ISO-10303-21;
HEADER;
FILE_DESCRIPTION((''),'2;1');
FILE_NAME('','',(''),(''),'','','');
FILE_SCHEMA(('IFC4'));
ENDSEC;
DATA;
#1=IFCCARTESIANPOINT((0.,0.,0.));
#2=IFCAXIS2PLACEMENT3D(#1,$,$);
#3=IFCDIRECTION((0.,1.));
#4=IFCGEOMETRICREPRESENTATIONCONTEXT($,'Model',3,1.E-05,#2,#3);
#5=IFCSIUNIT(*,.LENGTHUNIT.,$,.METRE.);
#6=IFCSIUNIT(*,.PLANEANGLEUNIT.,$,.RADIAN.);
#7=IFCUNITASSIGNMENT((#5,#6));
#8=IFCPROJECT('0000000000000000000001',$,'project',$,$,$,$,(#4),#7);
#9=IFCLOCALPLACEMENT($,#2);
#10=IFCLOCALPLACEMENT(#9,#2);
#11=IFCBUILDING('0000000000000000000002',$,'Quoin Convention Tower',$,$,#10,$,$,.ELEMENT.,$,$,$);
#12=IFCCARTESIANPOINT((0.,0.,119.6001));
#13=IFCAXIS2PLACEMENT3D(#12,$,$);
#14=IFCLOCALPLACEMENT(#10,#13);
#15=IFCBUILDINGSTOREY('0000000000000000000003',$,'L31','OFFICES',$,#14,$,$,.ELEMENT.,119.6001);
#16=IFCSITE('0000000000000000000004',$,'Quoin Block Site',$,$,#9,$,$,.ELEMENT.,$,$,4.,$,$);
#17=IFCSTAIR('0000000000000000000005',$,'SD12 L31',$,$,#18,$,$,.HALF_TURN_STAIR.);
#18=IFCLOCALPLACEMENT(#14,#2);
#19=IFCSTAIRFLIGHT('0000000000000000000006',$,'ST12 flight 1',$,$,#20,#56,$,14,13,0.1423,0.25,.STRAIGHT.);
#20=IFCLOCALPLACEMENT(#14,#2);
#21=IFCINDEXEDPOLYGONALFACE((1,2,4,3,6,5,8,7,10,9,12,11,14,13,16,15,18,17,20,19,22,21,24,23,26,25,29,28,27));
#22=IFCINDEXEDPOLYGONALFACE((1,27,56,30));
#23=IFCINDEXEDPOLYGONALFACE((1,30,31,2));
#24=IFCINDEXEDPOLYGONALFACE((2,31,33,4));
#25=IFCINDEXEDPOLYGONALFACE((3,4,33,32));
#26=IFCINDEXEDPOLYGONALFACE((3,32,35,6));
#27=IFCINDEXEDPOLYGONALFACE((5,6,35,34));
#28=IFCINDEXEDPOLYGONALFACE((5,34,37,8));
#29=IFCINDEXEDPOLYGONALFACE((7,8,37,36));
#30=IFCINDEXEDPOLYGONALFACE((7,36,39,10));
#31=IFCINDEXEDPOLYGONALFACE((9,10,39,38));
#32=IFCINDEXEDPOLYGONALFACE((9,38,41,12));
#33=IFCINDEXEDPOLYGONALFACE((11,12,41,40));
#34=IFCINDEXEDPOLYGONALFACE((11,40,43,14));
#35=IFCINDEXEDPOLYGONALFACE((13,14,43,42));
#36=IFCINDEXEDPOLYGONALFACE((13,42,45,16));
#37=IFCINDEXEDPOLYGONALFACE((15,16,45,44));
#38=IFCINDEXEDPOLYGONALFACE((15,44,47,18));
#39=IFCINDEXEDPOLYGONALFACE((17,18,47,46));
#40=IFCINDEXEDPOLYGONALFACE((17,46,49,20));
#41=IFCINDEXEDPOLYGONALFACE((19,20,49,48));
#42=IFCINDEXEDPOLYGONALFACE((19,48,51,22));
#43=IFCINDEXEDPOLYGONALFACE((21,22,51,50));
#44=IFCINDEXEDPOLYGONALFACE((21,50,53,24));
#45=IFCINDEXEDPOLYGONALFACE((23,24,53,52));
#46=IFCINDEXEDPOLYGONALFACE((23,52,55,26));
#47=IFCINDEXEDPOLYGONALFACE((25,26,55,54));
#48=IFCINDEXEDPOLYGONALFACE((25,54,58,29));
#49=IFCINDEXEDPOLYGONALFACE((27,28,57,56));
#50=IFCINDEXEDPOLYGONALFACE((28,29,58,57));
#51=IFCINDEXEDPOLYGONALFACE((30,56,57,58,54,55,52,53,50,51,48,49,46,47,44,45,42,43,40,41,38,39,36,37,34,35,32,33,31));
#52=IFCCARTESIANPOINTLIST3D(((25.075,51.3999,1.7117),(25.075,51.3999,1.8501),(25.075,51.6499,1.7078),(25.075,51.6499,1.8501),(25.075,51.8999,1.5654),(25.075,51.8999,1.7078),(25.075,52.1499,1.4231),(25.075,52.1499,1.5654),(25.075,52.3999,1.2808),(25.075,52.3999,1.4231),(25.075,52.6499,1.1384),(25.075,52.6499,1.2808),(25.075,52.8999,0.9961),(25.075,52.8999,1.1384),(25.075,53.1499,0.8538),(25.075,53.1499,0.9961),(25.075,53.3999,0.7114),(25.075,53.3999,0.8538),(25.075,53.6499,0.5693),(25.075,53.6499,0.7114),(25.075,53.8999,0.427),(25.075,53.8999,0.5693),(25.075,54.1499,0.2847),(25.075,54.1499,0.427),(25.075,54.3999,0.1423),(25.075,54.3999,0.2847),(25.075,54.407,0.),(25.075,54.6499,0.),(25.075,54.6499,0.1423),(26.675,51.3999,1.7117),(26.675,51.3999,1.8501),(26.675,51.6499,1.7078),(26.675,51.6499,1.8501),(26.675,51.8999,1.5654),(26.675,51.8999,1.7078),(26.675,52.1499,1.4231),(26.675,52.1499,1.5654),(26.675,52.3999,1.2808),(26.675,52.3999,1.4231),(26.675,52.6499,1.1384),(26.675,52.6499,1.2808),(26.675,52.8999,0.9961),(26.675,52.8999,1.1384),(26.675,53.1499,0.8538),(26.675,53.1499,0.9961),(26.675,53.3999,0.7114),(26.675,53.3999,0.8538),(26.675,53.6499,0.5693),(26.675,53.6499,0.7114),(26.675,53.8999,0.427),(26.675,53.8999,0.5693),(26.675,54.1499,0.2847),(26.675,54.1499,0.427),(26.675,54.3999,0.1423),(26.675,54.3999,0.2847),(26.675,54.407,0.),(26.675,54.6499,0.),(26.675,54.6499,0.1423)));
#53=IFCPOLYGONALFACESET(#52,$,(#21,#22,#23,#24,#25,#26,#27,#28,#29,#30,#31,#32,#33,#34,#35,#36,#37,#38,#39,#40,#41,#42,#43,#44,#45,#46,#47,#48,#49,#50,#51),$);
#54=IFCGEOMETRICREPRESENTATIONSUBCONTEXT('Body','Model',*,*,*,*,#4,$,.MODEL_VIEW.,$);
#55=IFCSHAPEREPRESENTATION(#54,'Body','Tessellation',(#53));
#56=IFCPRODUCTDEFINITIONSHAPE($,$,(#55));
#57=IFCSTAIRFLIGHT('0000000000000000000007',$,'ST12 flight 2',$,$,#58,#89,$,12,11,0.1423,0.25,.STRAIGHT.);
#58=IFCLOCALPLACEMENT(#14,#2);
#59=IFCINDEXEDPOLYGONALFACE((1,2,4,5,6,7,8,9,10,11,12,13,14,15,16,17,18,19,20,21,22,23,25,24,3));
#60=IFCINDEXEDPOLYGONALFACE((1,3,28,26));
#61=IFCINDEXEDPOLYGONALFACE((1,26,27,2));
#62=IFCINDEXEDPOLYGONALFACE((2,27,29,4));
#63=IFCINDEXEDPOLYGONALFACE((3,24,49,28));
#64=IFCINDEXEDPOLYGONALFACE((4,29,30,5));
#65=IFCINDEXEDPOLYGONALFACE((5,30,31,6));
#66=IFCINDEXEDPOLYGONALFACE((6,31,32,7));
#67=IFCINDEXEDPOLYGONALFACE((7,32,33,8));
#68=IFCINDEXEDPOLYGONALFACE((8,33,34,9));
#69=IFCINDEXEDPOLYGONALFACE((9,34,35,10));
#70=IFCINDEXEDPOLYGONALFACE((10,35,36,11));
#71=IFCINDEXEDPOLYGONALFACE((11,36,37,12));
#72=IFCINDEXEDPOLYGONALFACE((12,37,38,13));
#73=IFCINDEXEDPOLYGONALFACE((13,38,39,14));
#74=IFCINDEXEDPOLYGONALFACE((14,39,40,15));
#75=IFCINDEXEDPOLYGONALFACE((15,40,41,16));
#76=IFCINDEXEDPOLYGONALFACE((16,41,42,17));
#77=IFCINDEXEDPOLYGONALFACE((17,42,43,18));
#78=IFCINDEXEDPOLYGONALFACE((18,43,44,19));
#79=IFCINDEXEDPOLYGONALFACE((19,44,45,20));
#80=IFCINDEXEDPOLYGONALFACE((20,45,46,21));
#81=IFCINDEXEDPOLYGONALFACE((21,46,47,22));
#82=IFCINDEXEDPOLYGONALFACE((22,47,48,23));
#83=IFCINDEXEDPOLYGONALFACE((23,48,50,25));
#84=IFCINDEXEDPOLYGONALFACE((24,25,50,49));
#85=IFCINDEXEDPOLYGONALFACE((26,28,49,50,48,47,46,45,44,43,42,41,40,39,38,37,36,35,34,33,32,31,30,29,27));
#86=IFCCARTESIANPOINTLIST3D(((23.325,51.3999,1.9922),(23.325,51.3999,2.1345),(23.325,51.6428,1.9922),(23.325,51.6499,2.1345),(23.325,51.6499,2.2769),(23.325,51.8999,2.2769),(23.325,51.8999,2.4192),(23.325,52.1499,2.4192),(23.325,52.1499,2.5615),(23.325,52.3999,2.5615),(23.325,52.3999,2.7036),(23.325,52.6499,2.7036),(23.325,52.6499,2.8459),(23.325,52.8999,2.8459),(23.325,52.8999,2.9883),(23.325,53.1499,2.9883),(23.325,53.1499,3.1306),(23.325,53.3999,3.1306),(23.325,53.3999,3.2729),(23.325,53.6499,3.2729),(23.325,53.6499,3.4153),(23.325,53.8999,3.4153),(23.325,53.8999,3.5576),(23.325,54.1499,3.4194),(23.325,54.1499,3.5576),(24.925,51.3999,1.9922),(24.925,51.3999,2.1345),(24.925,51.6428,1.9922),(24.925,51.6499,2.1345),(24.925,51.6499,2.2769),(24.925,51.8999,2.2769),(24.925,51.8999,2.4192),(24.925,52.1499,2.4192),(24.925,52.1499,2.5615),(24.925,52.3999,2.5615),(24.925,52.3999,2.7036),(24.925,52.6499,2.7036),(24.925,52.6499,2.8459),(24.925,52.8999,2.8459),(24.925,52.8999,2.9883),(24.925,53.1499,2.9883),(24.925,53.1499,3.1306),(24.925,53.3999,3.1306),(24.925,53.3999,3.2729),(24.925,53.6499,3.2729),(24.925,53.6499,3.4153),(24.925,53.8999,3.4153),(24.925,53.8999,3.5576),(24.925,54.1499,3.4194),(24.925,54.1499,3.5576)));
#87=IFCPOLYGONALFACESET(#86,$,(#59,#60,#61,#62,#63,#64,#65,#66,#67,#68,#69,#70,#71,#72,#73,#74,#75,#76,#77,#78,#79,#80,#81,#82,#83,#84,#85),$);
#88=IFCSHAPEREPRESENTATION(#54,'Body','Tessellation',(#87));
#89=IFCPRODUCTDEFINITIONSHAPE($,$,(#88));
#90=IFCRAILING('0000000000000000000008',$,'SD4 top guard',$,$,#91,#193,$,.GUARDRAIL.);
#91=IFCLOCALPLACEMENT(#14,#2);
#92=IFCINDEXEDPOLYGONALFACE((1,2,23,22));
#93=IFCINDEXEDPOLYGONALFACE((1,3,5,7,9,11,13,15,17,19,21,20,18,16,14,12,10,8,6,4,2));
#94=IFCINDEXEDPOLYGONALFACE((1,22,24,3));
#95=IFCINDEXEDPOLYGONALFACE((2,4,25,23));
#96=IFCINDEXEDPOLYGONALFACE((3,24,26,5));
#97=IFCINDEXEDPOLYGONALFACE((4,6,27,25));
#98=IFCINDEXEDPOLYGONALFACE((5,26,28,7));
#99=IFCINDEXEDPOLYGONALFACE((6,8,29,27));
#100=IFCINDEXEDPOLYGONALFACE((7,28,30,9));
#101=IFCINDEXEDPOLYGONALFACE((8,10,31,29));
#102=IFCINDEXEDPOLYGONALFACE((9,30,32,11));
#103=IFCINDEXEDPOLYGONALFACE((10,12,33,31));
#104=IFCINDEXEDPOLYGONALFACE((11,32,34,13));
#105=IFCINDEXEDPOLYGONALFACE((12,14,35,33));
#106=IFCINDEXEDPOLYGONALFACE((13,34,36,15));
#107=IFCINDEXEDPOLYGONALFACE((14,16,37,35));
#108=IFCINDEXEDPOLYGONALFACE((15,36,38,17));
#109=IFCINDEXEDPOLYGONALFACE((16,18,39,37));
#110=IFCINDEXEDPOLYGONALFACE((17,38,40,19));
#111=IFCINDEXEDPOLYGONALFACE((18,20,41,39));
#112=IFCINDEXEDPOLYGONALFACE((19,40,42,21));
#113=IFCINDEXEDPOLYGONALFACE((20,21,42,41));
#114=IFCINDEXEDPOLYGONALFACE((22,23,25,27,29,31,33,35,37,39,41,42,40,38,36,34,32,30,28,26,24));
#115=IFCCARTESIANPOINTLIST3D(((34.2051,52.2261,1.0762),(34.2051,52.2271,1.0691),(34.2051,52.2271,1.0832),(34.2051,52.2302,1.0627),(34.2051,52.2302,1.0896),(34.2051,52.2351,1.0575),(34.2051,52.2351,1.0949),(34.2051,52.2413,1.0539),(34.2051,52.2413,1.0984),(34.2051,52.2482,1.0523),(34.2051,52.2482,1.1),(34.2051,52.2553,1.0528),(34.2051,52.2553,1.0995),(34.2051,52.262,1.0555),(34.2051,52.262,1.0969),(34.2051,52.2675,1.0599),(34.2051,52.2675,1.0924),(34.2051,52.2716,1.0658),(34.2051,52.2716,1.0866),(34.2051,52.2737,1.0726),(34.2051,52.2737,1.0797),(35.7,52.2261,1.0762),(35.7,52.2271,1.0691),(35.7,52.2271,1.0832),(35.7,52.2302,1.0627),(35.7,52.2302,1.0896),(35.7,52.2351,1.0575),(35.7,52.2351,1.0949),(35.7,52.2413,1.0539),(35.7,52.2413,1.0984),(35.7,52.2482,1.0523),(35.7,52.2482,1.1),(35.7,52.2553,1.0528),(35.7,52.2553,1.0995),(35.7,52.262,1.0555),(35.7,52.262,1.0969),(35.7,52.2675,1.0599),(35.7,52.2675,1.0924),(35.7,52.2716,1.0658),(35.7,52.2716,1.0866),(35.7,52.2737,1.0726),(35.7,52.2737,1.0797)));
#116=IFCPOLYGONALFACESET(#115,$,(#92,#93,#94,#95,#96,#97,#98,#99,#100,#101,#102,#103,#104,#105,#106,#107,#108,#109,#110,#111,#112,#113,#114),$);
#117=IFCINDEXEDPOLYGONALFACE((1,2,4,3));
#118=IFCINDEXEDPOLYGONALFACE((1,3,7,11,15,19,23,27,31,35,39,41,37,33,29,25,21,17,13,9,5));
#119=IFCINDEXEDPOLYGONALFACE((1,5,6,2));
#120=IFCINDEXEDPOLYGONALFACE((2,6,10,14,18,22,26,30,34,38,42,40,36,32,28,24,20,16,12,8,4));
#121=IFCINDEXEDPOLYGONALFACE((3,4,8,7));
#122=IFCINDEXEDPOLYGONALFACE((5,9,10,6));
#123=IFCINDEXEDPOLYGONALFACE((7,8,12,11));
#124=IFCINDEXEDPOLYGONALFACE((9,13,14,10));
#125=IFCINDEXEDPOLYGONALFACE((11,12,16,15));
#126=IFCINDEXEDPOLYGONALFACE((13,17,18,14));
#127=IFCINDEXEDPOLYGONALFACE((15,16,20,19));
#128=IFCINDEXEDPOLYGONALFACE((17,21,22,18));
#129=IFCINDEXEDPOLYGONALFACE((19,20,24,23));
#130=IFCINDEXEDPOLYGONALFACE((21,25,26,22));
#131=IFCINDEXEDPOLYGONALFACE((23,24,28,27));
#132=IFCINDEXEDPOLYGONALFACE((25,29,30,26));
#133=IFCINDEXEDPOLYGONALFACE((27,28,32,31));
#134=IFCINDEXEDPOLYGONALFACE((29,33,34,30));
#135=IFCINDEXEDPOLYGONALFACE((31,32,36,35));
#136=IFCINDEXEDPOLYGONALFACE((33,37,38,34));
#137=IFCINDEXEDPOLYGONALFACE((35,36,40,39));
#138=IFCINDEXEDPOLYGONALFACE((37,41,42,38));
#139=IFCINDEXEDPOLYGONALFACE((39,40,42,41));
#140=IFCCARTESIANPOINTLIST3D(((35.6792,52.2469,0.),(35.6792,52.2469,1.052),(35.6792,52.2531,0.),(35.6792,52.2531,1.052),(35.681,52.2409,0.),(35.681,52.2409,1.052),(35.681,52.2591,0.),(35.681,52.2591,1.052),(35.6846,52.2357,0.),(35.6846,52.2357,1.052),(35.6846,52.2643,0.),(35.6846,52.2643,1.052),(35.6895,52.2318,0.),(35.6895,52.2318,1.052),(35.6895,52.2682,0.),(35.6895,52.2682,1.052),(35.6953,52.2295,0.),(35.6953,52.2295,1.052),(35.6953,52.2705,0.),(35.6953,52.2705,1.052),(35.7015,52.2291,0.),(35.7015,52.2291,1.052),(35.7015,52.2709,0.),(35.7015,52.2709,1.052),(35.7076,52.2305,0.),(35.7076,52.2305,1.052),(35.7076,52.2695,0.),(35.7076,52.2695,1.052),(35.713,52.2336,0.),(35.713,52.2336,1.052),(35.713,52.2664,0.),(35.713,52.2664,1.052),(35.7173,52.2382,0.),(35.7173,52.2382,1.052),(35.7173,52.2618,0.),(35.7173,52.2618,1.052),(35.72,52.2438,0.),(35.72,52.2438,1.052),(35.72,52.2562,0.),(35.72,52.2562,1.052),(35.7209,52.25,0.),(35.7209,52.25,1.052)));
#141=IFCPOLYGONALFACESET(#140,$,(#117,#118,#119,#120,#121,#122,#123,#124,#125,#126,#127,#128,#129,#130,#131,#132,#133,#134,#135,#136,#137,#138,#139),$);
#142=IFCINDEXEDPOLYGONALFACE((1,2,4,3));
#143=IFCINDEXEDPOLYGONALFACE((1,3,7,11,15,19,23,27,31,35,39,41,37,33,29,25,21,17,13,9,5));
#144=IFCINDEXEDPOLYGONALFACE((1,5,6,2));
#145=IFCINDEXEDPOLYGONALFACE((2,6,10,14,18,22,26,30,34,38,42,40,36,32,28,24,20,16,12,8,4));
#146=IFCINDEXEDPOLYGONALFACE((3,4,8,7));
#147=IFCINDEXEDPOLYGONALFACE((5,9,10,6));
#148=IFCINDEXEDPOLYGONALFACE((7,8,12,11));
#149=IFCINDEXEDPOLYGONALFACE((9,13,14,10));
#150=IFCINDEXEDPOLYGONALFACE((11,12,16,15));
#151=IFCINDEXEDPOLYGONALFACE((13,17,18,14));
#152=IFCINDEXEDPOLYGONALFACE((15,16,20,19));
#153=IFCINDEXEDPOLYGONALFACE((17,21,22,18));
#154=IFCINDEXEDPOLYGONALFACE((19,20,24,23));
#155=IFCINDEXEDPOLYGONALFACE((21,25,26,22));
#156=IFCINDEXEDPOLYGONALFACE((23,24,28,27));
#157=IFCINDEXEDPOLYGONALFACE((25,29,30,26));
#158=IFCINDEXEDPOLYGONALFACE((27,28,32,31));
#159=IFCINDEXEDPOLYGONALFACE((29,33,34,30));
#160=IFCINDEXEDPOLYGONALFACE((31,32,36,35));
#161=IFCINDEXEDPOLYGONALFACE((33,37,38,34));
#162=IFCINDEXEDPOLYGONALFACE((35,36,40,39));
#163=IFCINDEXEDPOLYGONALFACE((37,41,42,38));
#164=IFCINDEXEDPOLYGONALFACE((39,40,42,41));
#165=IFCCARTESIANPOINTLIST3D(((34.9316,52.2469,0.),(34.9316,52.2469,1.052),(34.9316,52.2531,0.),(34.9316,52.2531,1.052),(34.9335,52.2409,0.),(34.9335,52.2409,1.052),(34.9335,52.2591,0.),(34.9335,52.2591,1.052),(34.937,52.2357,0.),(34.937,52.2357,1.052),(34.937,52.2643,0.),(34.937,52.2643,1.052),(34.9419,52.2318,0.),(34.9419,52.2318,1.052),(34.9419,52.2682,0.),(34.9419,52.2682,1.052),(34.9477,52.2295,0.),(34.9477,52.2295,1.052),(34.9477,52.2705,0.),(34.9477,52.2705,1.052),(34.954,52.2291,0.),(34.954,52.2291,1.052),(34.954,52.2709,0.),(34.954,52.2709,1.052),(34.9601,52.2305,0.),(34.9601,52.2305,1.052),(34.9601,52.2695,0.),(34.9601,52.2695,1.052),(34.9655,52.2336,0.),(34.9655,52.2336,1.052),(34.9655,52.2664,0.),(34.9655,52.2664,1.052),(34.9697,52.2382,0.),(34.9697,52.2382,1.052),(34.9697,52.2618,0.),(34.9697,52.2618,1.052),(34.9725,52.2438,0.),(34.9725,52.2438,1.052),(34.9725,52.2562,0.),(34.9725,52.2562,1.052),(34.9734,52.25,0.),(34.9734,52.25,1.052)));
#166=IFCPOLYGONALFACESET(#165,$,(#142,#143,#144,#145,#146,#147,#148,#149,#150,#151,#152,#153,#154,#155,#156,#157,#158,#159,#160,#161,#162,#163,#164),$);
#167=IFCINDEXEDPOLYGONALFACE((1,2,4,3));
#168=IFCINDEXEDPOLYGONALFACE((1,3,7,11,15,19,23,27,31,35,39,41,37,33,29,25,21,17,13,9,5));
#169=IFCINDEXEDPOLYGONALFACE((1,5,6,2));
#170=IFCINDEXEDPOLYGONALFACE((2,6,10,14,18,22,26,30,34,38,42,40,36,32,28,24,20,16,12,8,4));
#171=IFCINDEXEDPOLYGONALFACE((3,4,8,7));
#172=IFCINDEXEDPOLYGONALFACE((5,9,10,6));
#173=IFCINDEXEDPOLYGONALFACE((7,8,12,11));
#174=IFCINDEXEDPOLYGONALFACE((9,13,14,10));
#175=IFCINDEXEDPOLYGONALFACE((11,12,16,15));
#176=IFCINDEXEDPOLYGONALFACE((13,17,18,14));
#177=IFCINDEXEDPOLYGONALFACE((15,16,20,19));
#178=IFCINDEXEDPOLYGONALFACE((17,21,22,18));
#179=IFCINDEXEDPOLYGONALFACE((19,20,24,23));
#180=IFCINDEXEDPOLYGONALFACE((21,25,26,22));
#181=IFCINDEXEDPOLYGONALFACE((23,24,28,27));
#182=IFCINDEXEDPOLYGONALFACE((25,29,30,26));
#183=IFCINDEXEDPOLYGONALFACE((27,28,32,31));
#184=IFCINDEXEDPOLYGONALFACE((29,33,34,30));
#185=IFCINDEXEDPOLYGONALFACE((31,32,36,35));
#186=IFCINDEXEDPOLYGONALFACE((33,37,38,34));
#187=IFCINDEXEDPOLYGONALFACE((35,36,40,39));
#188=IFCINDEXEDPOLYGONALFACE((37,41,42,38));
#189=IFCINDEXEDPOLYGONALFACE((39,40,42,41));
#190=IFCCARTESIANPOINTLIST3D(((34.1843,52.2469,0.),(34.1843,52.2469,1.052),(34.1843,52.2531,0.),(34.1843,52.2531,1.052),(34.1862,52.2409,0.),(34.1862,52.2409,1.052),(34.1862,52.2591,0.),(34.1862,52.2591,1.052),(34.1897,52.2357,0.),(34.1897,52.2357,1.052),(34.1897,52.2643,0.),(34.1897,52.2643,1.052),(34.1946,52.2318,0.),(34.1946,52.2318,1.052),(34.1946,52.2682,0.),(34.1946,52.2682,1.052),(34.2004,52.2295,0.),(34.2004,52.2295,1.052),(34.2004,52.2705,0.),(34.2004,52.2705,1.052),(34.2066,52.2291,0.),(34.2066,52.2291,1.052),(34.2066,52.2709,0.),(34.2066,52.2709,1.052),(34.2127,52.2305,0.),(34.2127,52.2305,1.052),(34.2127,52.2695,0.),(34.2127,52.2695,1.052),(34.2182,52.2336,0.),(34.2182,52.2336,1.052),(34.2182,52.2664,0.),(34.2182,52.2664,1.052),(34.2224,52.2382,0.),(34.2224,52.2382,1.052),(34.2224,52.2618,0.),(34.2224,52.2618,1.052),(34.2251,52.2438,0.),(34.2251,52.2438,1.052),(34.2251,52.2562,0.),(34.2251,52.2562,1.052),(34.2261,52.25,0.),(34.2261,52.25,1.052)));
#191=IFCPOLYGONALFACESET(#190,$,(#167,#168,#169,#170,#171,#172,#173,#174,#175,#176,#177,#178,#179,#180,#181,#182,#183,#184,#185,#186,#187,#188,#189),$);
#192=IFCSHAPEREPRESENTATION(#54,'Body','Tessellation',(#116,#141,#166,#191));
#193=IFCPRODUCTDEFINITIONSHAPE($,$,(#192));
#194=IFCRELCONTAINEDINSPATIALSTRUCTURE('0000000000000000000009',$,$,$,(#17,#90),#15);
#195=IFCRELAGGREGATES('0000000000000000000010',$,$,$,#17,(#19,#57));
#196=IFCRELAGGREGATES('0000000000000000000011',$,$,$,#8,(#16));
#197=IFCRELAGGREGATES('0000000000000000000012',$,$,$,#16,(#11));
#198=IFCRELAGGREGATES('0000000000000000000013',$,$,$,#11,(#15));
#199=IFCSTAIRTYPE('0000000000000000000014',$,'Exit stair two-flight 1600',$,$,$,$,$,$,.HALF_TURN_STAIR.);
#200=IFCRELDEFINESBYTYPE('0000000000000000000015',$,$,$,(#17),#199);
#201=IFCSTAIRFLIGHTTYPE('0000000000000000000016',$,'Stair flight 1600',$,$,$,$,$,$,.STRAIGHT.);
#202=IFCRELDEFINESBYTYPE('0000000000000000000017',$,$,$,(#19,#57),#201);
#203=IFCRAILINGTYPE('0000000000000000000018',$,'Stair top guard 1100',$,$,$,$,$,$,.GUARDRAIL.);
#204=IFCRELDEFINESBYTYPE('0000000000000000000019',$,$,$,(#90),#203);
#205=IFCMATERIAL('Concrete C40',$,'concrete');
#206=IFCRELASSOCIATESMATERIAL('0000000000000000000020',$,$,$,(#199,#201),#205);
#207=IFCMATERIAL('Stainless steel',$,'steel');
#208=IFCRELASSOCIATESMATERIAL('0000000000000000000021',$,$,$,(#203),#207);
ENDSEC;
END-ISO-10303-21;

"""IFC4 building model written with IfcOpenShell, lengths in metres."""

from ifc_helpers import new_model, si_unit, direction, frame, origin, origin_2d, place, context, subcontext, project, spatial, polyline, circle, outline, extrude, material, type_object, element, aggregate, save


model = new_model("IFC4")

# Units and contexts
model_context = context("Model", 3, precision=1e-05, world=origin(), true_north=direction((0.0, 1.0)))
body_context = subcontext(model_context, "Body", "Model", "MODEL_VIEW")
ifc_project = project(units=[si_unit("LENGTHUNIT", "METRE"), si_unit("PLANEANGLEUNIT", "RADIAN")], contexts=[model_context])

# Site, building, storey
site_placement = place(None, origin())
site = spatial("IfcSite", under=ifc_project, at=site_placement, Name="Quoin Block Site", CompositionType="ELEMENT", RefElevation=4.0)
building_placement = place(site_placement, origin())
building = spatial("IfcBuilding", under=site, at=building_placement, Name="Quoin Convention Tower", CompositionType="ELEMENT")
storey_placement = place(building_placement, frame((0.0, 0.0, 119.6001)))
storey = spatial("IfcBuildingStorey", under=building, at=storey_placement, Name="L31", Description="OFFICES", CompositionType="ELEMENT", Elevation=119.6001)

# Shared definitions
ifc_material_1 = material(Name="Concrete C40", Category="concrete")
stair_type_1 = type_object("IfcStairType", Name="Exit stair two-flight 1600", PredefinedType="HALF_TURN_STAIR", material=ifc_material_1)
stair_flight_type_1 = type_object("IfcStairFlightType", Name="Stair flight 1600", PredefinedType="STRAIGHT", material=ifc_material_1)

# Stair, stair flights
stair_1_placement = place(storey_placement, origin())
stair_1 = element("IfcStair", 1, at=stair_1_placement, inside=storey, type_object=stair_type_1, Name="SD12 L31", PredefinedType="HALF_TURN_STAIR")
stair_flight_1_placement = place(storey_placement, frame((25.875, 54.6499, 0.0), z_axis=(0.0, 0.0, 1.0), x_axis=(0.0, -1.0, 0.0)))
stair_flight_1 = element("IfcStairFlight", 2, at=stair_flight_1_placement, type_object=stair_flight_type_1, Name="ST12 flight 1", NumberOfRisers=14, NumberOfTreads=13, PredefinedType="STRAIGHT", RiserHeight=0.1423, TreadLength=0.25, context=body_context, shape_type="SweptSolid", body=[
    extrude(outline(polyline([(0.0, 0.0), (0.0, 0.1423), (0.25, 0.1423), (0.25, 0.2847), (0.5, 0.2847), (0.5, 0.427), (0.75, 0.427), (0.75, 0.5693), (1.0, 0.5693), (1.0, 0.7114), (1.25, 0.7114), (1.25, 0.8538), (1.5, 0.8538), (1.5, 0.9961), (1.75, 0.9961), (1.75, 1.1384), (2.0, 1.1384), (2.0, 1.2808), (2.25, 1.2808), (2.25, 1.4231), (2.5, 1.4231), (2.5, 1.5654), (2.75, 1.5654), (2.75, 1.7078), (3.0, 1.7078), (3.0, 1.8501), (3.25, 1.8501), (3.25, 1.9922), (3.25, 1.7117), (0.2429, 0.0), (0.0, 0.0)])), frame((0.0, 0.8, 0.0), z_axis=(0.0, -1.0, 0.0), x_axis=(1.0, 0.0, 0.0)), (0.0, 0.0, 1.0), 1.6001),
])
stair_flight_2_placement = place(storey_placement, frame((24.125, 51.3999, 1.9922), z_axis=(0.0, 0.0, 1.0), x_axis=(0.0, 1.0, 0.0)))
stair_flight_2 = element("IfcStairFlight", 3, at=stair_flight_2_placement, type_object=stair_flight_type_1, Name="ST12 flight 2", NumberOfRisers=12, NumberOfTreads=11, PredefinedType="STRAIGHT", RiserHeight=0.1423, TreadLength=0.25, context=body_context, shape_type="SweptSolid", body=[
    extrude(outline(polyline([(0.0, 0.0), (0.0, 0.1423), (0.25, 0.1423), (0.25, 0.2847), (0.5, 0.2847), (0.5, 0.427), (0.75, 0.427), (0.75, 0.5693), (1.0, 0.5693), (1.0, 0.7114), (1.25, 0.7114), (1.25, 0.8538), (1.5, 0.8538), (1.5, 0.9961), (1.75, 0.9961), (1.75, 1.1384), (2.0, 1.1384), (2.0, 1.2808), (2.25, 1.2808), (2.25, 1.4231), (2.5, 1.4231), (2.5, 1.5654), (2.75, 1.5654), (2.75, 1.7078), (2.75, 1.4272), (0.2429, 0.0), (0.0, 0.0)])), frame((0.0, 0.8, 0.0), z_axis=(0.0, -1.0, 0.0), x_axis=(1.0, 0.0, 0.0)), (0.0, 0.0, 1.0), 1.6001),
])
aggregate(stair_1, [stair_flight_1, stair_flight_2])

# Railing
ifc_material_2 = material(Name="Stainless steel", Category="steel")
railing_type_1 = type_object("IfcRailingType", Name="Stair top guard 1100", PredefinedType="GUARDRAIL", material=ifc_material_2)
railing_1_placement = place(storey_placement, frame((35.7, 52.25, 0.0)))
element("IfcRailing", 4, at=railing_1_placement, inside=storey, type_object=railing_type_1, Name="SD4 top guard", PredefinedType="GUARDRAIL", context=body_context, shape_type="SweptSolid", body=[
    extrude(circle(Radius=0.0239, at=origin_2d()), frame((0.0, 0.0, 1.0762), z_axis=(-1.0, 0.0, 0.0), x_axis=(0.0, -1.0, 0.0)), (0.0, 0.0, 1.0), 1.4949),
    extrude(circle(Radius=0.021, at=origin_2d()), origin(), (0.0, 0.0, 1.0), 1.052),
    extrude(circle(Radius=0.021, at=origin_2d()), frame((-0.7476, 0.0, 0.0)), (0.0, 0.0, 1.0), 1.052),
    extrude(circle(Radius=0.021, at=origin_2d()), frame((-1.4949, 0.0, 0.0)), (0.0, 0.0, 1.0), 1.052),
])

save(model, "model.ifc")
